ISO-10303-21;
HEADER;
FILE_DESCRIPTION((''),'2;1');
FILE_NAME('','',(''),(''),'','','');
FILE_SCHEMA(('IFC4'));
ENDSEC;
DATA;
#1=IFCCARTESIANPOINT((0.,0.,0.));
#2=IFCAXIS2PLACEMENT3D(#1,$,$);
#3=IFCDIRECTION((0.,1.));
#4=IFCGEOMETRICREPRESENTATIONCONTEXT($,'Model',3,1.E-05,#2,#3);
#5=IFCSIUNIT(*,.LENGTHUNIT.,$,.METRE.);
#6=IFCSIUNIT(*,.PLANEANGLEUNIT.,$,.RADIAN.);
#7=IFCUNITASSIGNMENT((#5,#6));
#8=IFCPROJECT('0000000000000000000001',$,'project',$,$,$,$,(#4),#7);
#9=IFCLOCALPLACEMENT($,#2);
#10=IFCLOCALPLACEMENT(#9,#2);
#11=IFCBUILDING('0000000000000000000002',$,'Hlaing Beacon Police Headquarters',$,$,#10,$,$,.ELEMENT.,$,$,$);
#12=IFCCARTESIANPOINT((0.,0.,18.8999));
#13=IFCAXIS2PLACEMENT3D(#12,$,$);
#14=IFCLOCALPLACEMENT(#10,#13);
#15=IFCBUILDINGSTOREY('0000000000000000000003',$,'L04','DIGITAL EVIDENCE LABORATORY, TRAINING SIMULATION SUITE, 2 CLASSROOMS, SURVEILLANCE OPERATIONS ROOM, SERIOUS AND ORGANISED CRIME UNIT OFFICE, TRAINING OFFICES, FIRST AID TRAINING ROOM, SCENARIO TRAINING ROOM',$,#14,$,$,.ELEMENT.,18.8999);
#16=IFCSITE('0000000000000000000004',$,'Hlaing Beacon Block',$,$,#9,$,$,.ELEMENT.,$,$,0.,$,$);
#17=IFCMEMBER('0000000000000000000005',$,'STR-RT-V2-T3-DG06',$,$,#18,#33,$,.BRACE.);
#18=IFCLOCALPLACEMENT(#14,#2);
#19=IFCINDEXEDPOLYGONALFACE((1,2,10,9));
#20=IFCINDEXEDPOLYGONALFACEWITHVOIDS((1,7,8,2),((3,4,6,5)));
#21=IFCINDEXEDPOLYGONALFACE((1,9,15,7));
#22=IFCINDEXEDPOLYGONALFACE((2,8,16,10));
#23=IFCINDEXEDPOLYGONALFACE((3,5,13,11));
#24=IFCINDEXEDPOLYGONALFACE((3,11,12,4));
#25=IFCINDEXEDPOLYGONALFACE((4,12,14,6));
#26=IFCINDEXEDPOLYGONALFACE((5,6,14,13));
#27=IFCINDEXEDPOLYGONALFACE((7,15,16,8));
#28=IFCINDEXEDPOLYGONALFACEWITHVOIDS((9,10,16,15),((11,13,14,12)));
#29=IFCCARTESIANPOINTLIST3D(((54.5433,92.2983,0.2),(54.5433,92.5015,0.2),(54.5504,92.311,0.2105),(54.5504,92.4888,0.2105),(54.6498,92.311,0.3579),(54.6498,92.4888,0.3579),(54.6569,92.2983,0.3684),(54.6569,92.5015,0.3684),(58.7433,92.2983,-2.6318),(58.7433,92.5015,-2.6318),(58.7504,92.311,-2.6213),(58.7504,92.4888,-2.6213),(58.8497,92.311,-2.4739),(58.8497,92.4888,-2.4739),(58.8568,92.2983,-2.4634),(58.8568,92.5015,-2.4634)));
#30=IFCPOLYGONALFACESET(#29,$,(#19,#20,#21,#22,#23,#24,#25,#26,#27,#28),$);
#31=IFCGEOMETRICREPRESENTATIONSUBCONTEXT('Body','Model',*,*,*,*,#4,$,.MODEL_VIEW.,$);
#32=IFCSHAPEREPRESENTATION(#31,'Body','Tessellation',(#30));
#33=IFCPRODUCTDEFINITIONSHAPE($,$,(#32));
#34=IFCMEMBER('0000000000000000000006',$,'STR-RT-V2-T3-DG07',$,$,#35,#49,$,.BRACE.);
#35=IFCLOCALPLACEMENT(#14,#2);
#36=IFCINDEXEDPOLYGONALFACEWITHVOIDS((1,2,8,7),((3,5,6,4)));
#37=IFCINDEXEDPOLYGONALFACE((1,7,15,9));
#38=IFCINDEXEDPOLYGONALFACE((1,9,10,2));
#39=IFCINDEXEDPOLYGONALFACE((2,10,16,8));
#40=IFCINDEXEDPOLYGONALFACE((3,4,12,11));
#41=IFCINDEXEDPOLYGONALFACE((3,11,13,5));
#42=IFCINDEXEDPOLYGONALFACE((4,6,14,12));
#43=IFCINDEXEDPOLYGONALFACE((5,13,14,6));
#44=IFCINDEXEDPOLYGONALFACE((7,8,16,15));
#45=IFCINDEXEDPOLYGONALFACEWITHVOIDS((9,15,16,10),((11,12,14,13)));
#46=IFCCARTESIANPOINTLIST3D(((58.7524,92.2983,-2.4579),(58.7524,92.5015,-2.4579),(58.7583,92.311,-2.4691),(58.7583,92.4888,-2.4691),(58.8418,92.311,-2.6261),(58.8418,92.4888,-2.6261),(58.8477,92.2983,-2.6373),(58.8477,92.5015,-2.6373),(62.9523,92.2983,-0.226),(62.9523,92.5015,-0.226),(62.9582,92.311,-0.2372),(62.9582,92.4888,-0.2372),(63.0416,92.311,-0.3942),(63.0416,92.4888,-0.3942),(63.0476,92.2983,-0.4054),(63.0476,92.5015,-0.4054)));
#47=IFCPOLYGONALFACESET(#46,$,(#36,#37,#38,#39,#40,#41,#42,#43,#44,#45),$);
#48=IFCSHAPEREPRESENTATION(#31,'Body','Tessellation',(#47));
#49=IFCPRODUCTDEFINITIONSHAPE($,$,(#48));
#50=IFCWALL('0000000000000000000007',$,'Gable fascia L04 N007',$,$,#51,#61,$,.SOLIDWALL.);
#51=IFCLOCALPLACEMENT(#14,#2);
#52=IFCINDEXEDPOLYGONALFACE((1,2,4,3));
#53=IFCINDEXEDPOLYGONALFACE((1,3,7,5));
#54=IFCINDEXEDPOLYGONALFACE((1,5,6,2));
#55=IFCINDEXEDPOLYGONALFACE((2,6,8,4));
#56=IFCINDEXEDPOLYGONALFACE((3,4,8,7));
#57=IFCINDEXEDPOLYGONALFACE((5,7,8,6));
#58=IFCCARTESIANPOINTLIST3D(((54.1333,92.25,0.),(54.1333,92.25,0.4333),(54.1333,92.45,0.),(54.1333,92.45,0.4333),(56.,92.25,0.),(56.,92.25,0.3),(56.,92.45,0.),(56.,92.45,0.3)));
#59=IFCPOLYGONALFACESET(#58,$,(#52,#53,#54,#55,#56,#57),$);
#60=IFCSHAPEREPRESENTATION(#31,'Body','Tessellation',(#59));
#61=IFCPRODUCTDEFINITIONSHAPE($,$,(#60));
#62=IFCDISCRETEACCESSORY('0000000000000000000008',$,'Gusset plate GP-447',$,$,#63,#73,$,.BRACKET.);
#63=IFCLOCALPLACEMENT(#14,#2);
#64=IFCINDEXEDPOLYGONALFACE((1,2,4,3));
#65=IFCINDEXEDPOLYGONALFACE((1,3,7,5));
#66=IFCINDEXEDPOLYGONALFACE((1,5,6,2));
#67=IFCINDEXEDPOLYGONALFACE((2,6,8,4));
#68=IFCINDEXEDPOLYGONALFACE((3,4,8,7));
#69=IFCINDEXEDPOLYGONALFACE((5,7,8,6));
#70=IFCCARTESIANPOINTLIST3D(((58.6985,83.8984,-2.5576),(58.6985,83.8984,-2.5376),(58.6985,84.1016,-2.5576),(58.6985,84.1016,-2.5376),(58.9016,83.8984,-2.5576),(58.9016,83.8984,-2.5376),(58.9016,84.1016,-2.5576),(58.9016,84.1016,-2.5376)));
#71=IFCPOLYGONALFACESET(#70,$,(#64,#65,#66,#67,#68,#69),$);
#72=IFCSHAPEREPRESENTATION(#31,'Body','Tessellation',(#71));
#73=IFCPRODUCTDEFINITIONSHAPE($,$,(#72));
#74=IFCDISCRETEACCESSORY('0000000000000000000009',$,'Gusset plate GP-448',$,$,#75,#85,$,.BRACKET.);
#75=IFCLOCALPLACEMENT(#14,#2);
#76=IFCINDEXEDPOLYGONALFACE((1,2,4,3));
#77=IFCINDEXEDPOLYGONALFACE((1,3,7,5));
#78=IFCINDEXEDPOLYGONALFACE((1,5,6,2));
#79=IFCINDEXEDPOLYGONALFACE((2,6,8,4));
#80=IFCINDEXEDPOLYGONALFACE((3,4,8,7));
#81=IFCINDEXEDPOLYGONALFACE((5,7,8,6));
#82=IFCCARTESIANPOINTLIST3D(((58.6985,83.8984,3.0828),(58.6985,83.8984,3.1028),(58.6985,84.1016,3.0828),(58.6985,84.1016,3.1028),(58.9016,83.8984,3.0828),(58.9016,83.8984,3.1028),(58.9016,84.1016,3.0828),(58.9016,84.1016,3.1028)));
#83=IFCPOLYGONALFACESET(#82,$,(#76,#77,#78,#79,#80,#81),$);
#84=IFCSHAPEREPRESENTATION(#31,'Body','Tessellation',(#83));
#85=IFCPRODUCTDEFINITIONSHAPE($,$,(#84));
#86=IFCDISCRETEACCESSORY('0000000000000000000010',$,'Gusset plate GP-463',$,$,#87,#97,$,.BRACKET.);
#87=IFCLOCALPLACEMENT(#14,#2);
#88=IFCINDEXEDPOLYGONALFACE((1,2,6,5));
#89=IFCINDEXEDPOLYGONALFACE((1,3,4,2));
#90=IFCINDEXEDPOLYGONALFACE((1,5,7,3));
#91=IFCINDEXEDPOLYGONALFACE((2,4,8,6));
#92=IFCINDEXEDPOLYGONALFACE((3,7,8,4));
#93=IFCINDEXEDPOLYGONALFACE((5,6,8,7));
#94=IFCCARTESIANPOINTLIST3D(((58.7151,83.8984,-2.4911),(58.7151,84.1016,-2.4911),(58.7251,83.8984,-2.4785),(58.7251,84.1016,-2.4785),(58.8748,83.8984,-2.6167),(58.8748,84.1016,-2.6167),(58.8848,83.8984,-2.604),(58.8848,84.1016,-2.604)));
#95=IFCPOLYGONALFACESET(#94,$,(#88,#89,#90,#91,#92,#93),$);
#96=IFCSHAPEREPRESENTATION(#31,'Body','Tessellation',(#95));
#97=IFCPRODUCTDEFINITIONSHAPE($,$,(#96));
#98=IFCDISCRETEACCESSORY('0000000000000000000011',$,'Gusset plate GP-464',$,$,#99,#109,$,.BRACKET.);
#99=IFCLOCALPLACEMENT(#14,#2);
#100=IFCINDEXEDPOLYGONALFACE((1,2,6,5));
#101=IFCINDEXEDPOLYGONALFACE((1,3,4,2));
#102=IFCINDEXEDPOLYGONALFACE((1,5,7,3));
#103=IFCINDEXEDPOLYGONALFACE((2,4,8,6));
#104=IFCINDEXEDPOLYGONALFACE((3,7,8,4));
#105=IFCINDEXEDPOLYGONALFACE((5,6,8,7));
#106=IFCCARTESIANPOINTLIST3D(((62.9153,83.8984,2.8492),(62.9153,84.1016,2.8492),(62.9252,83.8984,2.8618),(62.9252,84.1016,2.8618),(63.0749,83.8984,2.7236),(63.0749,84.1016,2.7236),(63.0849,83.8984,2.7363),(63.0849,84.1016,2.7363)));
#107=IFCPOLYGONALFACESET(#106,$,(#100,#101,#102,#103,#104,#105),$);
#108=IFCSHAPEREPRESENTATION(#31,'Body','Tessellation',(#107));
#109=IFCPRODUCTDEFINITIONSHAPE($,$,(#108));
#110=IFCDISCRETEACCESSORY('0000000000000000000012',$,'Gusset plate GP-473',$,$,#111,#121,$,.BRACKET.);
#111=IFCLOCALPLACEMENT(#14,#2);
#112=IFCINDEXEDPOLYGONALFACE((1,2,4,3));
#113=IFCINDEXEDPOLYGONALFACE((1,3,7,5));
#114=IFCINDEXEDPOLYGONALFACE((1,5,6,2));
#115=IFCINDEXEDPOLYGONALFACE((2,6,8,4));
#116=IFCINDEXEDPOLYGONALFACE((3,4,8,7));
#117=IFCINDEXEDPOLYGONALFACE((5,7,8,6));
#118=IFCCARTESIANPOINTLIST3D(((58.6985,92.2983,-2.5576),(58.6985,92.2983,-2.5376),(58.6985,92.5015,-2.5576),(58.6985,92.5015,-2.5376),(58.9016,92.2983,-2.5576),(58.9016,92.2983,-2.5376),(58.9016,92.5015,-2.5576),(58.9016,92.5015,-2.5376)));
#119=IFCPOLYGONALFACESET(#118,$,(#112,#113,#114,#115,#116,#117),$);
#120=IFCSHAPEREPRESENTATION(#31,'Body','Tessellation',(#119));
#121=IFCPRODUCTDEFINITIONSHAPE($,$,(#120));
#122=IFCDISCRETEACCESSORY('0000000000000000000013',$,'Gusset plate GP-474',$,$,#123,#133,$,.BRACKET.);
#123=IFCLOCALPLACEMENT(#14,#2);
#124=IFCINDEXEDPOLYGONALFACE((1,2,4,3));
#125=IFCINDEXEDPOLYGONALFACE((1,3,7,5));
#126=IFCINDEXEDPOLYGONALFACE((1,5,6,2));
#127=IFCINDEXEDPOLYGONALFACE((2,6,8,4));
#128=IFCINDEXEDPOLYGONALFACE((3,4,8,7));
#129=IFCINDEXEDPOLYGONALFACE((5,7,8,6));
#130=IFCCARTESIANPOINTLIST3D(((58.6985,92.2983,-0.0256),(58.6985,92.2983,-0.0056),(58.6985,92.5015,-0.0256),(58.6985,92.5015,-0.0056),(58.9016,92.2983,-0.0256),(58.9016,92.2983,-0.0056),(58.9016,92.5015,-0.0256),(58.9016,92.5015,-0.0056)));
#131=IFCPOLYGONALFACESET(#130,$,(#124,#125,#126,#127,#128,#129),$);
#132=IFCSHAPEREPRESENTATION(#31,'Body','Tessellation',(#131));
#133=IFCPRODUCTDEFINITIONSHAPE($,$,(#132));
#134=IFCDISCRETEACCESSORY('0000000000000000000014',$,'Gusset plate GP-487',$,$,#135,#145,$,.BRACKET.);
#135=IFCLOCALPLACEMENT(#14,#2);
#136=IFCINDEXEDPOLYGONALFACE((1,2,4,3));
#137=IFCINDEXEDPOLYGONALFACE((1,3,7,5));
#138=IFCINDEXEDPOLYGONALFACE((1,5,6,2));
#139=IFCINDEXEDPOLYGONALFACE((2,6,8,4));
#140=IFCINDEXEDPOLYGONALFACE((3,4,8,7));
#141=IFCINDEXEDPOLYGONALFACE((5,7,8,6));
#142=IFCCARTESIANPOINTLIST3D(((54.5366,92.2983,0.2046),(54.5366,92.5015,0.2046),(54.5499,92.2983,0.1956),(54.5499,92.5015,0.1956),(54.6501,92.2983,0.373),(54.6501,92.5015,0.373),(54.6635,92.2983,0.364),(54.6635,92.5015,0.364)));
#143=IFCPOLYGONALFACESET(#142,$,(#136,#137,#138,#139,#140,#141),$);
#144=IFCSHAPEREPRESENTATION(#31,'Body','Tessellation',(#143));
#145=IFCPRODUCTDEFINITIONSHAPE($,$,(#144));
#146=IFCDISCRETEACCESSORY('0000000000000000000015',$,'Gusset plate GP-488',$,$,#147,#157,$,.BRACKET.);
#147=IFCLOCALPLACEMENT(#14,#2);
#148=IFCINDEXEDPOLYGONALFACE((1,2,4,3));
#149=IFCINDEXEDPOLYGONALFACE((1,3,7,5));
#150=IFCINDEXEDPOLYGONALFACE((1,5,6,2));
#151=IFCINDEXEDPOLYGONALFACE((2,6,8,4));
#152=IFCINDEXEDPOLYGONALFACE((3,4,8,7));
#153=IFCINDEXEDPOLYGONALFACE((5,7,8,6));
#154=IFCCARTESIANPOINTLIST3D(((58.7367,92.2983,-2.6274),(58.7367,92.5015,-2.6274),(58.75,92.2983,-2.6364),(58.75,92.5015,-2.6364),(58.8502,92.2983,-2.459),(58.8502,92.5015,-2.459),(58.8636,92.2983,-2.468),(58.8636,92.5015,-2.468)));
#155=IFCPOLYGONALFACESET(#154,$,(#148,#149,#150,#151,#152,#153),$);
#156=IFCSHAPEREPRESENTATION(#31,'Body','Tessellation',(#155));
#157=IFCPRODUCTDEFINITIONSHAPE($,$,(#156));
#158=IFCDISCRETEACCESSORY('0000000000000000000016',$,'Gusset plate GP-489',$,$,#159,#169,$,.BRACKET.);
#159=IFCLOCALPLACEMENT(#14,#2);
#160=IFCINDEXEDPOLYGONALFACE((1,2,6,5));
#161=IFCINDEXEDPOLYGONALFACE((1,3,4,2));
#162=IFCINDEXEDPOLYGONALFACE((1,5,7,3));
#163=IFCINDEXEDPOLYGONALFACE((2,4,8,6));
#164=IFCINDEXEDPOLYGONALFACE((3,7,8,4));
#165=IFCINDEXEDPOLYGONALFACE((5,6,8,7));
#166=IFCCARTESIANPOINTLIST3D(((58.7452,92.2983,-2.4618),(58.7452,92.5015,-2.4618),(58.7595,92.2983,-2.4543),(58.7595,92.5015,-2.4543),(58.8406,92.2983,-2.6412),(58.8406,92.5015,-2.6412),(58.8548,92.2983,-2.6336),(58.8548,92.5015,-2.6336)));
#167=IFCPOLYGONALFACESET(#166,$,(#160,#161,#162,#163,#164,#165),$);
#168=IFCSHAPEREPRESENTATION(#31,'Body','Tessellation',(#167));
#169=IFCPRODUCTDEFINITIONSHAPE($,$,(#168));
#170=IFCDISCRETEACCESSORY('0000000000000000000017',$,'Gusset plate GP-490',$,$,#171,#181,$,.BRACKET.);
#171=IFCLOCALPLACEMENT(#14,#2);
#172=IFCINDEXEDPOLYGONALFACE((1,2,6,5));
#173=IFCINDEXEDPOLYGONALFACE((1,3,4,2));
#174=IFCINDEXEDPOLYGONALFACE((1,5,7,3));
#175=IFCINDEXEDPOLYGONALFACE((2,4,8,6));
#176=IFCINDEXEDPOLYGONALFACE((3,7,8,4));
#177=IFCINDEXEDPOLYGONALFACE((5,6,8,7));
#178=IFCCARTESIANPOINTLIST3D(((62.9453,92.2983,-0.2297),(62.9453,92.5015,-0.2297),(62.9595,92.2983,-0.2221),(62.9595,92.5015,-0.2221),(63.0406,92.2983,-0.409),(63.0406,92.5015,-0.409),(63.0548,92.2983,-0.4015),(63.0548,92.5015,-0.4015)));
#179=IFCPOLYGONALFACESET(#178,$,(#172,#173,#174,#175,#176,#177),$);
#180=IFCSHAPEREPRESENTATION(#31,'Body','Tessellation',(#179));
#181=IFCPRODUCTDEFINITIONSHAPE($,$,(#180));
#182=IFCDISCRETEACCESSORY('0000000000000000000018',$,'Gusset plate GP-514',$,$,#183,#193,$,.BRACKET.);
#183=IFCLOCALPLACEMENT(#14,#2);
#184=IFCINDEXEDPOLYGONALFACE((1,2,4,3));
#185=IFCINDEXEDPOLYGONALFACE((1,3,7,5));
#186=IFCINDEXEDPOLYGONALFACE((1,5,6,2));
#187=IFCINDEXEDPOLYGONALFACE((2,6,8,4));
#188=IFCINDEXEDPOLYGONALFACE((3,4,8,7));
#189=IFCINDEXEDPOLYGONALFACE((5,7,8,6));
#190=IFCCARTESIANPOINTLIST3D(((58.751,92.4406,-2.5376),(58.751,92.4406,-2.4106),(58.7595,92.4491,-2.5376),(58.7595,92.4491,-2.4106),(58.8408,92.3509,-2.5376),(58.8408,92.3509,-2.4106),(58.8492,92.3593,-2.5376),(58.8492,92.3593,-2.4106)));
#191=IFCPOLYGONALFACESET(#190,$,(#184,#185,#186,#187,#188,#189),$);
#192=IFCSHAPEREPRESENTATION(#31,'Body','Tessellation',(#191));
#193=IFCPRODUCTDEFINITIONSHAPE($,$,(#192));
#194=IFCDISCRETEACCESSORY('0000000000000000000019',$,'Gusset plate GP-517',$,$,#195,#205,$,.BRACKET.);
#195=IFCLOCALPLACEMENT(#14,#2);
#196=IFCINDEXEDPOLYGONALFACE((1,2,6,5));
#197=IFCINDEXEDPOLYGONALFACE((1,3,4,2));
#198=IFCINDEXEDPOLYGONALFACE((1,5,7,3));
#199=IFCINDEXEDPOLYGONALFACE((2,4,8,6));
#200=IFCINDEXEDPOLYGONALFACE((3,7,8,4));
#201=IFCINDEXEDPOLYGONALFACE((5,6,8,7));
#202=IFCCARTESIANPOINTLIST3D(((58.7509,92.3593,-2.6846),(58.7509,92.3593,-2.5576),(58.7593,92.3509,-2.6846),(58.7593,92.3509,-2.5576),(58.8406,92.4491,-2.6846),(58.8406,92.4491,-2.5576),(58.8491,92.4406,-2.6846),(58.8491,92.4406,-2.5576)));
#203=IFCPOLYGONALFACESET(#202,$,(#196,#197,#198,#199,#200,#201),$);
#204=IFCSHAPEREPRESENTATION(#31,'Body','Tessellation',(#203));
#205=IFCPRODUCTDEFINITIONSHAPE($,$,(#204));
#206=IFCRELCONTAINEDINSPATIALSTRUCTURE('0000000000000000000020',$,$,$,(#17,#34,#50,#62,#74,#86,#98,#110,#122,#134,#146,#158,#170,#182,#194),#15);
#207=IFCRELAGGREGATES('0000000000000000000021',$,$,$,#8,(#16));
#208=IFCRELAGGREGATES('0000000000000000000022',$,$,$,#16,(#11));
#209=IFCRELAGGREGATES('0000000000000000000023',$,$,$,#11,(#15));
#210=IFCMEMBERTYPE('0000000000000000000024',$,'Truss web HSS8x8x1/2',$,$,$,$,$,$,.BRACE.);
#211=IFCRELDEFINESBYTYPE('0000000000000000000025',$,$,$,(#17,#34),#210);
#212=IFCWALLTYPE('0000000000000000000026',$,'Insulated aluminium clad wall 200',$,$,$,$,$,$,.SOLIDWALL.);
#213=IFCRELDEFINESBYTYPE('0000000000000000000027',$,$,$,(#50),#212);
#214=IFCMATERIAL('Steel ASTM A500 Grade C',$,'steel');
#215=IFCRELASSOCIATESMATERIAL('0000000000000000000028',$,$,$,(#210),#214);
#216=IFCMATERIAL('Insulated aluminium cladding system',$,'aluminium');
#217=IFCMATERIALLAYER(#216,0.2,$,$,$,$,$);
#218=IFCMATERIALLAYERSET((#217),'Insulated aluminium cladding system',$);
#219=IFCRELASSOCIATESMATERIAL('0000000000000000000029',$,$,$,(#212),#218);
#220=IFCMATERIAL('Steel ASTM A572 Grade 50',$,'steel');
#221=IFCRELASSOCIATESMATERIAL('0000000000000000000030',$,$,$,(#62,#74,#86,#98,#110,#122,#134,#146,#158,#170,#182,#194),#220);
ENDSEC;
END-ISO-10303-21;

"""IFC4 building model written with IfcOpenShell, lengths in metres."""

from ifc_helpers import new_model, si_unit, direction, frame, origin, origin_2d, place, context, subcontext, project, spatial, polyline, rectangle, hollow_rectangle, outline, extrude, material, layer, layer_set, material_profile, profile_set, type_object, element, save


model = new_model("IFC4")

# Units and contexts
model_context = context("Model", 3, precision=1e-05, world=origin(), true_north=direction((0.0, 1.0)))
body_context = subcontext(model_context, "Body", "Model", "MODEL_VIEW")
ifc_project = project(units=[si_unit("LENGTHUNIT", "METRE"), si_unit("PLANEANGLEUNIT", "RADIAN")], contexts=[model_context])

# Site, building, storey
site_placement = place(None, origin())
site = spatial("IfcSite", under=ifc_project, at=site_placement, Name="Hlaing Beacon Block", CompositionType="ELEMENT", RefElevation=0.0)
building_placement = place(site_placement, origin())
building = spatial("IfcBuilding", under=site, at=building_placement, Name="Hlaing Beacon Police Headquarters", CompositionType="ELEMENT")
storey_placement = place(building_placement, frame((0.0, 0.0, 18.8999)))
storey = spatial("IfcBuildingStorey", under=building, at=storey_placement, Name="L04", Description="DIGITAL EVIDENCE LABORATORY, TRAINING SIMULATION SUITE, 2 CLASSROOMS, SURVEILLANCE OPERATIONS ROOM, SERIOUS AND ORGANISED CRIME UNIT OFFICE, TRAINING OFFICES, FIRST AID TRAINING ROOM, SCENARIO TRAINING ROOM", CompositionType="ELEMENT", Elevation=18.8999)

# Members
ifc_material_1 = material(Name="Steel ASTM A500 Grade C", Category="steel")
ifc_material_profile_1 = material_profile(ifc_material_1, hollow_rectangle(XDim=0.2031, YDim=0.2031, WallThickness=0.0127, at=origin_2d()), Name="HSS8x8x1/2")
ifc_profile_set_1 = profile_set([ifc_material_profile_1], Name="Steel ASTM A500 Grade C")
member_type_1 = type_object("IfcMemberType", Name="Truss web HSS8x8x1/2", PredefinedType="BRACE", material=ifc_profile_set_1)
member_1_placement = place(storey_placement, frame((54.6001, 92.3999, 0.2842), z_axis=(0.82914, 0.0, -0.559042), x_axis=(0.0, 1.0, 0.0)))
element("IfcMember", 1, at=member_1_placement, inside=storey, type_object=member_type_1, Name="STR-RT-V2-T3-DG06", PredefinedType="BRACE", context=body_context, shape_type="SweptSolid", body=[
    extrude(hollow_rectangle(XDim=0.2031, YDim=0.2031, WallThickness=0.0127, at=origin_2d()), origin(), (0.0, 0.0, 1.0), 5.0654),
])
member_2_placement = place(storey_placement, frame((58.8, 92.3999, -2.5476), z_axis=(0.883054, 0.0, 0.469272), x_axis=(0.0, 1.0, 0.0)))
element("IfcMember", 2, at=member_2_placement, inside=storey, type_object=member_type_1, Name="STR-RT-V2-T3-DG07", PredefinedType="BRACE", context=body_context, shape_type="SweptSolid", body=[
    extrude(hollow_rectangle(XDim=0.2031, YDim=0.2031, WallThickness=0.0127, at=origin_2d()), origin(), (0.0, 0.0, 1.0), 4.7561),
])

# Wall
ifc_material_2 = material(Name="Insulated aluminium cladding system", Category="aluminium")
ifc_layer = layer(ifc_material_2, 0.2)
ifc_layer_set = layer_set([ifc_layer], Name="Insulated aluminium cladding system")
wall_type = type_object("IfcWallType", Name="Insulated aluminium clad wall 200", PredefinedType="SOLIDWALL", material=ifc_layer_set)
wall_placement = place(storey_placement, frame((56.0, 92.3501, 0.0), z_axis=(0.0, 0.0, 1.0), x_axis=(-1.0, 0.0, 0.0)))
element("IfcWall", 3, at=wall_placement, inside=storey, type_object=wall_type, Name="Gable fascia L04 N007", PredefinedType="SOLIDWALL", context=body_context, shape_type="SweptSolid", body=[
    extrude(outline(polyline([(0.0, 0.0), (1.8667, 0.0), (1.8667, 0.4333), (0.0, 0.3), (0.0, 0.0)])), frame((0.0, 0.1001, 0.0), z_axis=(0.0, -1.0, 0.0), x_axis=(1.0, 0.0, 0.0)), (0.0, 0.0, 1.0), 0.2),
])

# Discrete accessories
ifc_material_3 = material(Name="Steel ASTM A572 Grade 50", Category="steel")
for number, where, z_axis, x_axis, name in (
    (4, (58.8, 84.0, -2.5376), (0.0, 0.0, -1.0), (1.0, 0.0, 0.0), "Gusset plate GP-447"),
    (5, (58.8, 84.0, 3.0828), (0.0, 0.0, 1.0), (1.0, 0.0, 0.0), "Gusset plate GP-448"),
):
    element("IfcDiscreteAccessory", number, at=place(storey_placement, frame(where, z_axis=z_axis, x_axis=x_axis)), inside=storey, material=ifc_material_3, Name=name, PredefinedType="BRACKET", context=body_context, shape_type="SweptSolid", body=[
        extrude(rectangle(XDim=0.2031, YDim=0.2031, at=origin_2d()), origin(), (0.0, 0.0, 1.0), 0.02),
    ])
for number, where, z_axis, x_axis, name in (
    (6, (58.8049, 84.0, -2.5413), (-0.618183, 0.0, -0.786034), (0.0, -1.0, 0.0), "Gusset plate GP-463"),
    (7, (62.9951, 84.0, 2.7864), (0.618183, 0.0, 0.786034), (0.0, 1.0, 0.0), "Gusset plate GP-464"),
):
    element("IfcDiscreteAccessory", number, at=place(storey_placement, frame(where, z_axis=z_axis, x_axis=x_axis)), inside=storey, material=ifc_material_3, Name=name, PredefinedType="BRACKET", context=body_context, shape_type="SweptSolid", body=[
        extrude(rectangle(XDim=0.2031, YDim=0.2031, at=origin_2d()), origin(), (0.0, 0.0, 1.0), 0.0161),
    ])
for number, where, z_axis, x_axis, name in (
    (8, (58.8, 92.3999, -2.5376), (0.0, 0.0, -1.0), (1.0, 0.0, 0.0), "Gusset plate GP-473"),
    (9, (58.8, 92.3999, -0.0256), (0.0, 0.0, 1.0), (1.0, 0.0, 0.0), "Gusset plate GP-474"),
):
    element("IfcDiscreteAccessory", number, at=place(storey_placement, frame(where, z_axis=z_axis, x_axis=x_axis)), inside=storey, material=ifc_material_3, Name=name, PredefinedType="BRACKET", context=body_context, shape_type="SweptSolid", body=[
        extrude(rectangle(XDim=0.2031, YDim=0.2031, at=origin_2d()), origin(), (0.0, 0.0, 1.0), 0.02),
    ])
for number, where, z_axis, x_axis, name in (
    (10, (54.6067, 92.3999, 0.2798), (-0.82914, 0.0, 0.559042), (0.0, -1.0, 0.0), "Gusset plate GP-487"),
    (11, (58.7935, 92.3999, -2.5432), (0.82914, 0.0, -0.559042), (0.0, 1.0, 0.0), "Gusset plate GP-488"),
    (12, (58.8071, 92.3999, -2.5439), (-0.883054, 0.0, -0.469272), (0.0, -1.0, 0.0), "Gusset plate GP-489"),
    (13, (62.9929, 92.3999, -0.3193), (0.883054, 0.0, 0.469272), (0.0, 1.0, 0.0), "Gusset plate GP-490"),
):
    element("IfcDiscreteAccessory", number, at=place(storey_placement, frame(where, z_axis=z_axis, x_axis=x_axis)), inside=storey, material=ifc_material_3, Name=name, PredefinedType="BRACKET", context=body_context, shape_type="SweptSolid", body=[
        extrude(rectangle(XDim=0.2031, YDim=0.2031, at=origin_2d()), origin(), (0.0, 0.0, 1.0), 0.0161),
    ])
for number, where, z_axis, x_axis, name in (
    (14, (58.7959, 92.3958, -2.4741), (0.707117, 0.707097, 0.0), (-0.707097, 0.707117, 0.0), "Gusset plate GP-514"),
    (15, (58.8042, 92.3958, -2.6211), (-0.707107, 0.707107, 0.0), (-0.707107, -0.707107, 0.0), "Gusset plate GP-517"),
):
    element("IfcDiscreteAccessory", number, at=place(storey_placement, frame(where, z_axis=z_axis, x_axis=x_axis)), inside=storey, material=ifc_material_3, Name=name, PredefinedType="BRACKET", context=body_context, shape_type="SweptSolid", body=[
        extrude(rectangle(XDim=0.127, YDim=0.127, at=origin_2d()), origin(), (0.0, 0.0, 1.0), 0.012),
    ])

save(model, "model.ifc")
